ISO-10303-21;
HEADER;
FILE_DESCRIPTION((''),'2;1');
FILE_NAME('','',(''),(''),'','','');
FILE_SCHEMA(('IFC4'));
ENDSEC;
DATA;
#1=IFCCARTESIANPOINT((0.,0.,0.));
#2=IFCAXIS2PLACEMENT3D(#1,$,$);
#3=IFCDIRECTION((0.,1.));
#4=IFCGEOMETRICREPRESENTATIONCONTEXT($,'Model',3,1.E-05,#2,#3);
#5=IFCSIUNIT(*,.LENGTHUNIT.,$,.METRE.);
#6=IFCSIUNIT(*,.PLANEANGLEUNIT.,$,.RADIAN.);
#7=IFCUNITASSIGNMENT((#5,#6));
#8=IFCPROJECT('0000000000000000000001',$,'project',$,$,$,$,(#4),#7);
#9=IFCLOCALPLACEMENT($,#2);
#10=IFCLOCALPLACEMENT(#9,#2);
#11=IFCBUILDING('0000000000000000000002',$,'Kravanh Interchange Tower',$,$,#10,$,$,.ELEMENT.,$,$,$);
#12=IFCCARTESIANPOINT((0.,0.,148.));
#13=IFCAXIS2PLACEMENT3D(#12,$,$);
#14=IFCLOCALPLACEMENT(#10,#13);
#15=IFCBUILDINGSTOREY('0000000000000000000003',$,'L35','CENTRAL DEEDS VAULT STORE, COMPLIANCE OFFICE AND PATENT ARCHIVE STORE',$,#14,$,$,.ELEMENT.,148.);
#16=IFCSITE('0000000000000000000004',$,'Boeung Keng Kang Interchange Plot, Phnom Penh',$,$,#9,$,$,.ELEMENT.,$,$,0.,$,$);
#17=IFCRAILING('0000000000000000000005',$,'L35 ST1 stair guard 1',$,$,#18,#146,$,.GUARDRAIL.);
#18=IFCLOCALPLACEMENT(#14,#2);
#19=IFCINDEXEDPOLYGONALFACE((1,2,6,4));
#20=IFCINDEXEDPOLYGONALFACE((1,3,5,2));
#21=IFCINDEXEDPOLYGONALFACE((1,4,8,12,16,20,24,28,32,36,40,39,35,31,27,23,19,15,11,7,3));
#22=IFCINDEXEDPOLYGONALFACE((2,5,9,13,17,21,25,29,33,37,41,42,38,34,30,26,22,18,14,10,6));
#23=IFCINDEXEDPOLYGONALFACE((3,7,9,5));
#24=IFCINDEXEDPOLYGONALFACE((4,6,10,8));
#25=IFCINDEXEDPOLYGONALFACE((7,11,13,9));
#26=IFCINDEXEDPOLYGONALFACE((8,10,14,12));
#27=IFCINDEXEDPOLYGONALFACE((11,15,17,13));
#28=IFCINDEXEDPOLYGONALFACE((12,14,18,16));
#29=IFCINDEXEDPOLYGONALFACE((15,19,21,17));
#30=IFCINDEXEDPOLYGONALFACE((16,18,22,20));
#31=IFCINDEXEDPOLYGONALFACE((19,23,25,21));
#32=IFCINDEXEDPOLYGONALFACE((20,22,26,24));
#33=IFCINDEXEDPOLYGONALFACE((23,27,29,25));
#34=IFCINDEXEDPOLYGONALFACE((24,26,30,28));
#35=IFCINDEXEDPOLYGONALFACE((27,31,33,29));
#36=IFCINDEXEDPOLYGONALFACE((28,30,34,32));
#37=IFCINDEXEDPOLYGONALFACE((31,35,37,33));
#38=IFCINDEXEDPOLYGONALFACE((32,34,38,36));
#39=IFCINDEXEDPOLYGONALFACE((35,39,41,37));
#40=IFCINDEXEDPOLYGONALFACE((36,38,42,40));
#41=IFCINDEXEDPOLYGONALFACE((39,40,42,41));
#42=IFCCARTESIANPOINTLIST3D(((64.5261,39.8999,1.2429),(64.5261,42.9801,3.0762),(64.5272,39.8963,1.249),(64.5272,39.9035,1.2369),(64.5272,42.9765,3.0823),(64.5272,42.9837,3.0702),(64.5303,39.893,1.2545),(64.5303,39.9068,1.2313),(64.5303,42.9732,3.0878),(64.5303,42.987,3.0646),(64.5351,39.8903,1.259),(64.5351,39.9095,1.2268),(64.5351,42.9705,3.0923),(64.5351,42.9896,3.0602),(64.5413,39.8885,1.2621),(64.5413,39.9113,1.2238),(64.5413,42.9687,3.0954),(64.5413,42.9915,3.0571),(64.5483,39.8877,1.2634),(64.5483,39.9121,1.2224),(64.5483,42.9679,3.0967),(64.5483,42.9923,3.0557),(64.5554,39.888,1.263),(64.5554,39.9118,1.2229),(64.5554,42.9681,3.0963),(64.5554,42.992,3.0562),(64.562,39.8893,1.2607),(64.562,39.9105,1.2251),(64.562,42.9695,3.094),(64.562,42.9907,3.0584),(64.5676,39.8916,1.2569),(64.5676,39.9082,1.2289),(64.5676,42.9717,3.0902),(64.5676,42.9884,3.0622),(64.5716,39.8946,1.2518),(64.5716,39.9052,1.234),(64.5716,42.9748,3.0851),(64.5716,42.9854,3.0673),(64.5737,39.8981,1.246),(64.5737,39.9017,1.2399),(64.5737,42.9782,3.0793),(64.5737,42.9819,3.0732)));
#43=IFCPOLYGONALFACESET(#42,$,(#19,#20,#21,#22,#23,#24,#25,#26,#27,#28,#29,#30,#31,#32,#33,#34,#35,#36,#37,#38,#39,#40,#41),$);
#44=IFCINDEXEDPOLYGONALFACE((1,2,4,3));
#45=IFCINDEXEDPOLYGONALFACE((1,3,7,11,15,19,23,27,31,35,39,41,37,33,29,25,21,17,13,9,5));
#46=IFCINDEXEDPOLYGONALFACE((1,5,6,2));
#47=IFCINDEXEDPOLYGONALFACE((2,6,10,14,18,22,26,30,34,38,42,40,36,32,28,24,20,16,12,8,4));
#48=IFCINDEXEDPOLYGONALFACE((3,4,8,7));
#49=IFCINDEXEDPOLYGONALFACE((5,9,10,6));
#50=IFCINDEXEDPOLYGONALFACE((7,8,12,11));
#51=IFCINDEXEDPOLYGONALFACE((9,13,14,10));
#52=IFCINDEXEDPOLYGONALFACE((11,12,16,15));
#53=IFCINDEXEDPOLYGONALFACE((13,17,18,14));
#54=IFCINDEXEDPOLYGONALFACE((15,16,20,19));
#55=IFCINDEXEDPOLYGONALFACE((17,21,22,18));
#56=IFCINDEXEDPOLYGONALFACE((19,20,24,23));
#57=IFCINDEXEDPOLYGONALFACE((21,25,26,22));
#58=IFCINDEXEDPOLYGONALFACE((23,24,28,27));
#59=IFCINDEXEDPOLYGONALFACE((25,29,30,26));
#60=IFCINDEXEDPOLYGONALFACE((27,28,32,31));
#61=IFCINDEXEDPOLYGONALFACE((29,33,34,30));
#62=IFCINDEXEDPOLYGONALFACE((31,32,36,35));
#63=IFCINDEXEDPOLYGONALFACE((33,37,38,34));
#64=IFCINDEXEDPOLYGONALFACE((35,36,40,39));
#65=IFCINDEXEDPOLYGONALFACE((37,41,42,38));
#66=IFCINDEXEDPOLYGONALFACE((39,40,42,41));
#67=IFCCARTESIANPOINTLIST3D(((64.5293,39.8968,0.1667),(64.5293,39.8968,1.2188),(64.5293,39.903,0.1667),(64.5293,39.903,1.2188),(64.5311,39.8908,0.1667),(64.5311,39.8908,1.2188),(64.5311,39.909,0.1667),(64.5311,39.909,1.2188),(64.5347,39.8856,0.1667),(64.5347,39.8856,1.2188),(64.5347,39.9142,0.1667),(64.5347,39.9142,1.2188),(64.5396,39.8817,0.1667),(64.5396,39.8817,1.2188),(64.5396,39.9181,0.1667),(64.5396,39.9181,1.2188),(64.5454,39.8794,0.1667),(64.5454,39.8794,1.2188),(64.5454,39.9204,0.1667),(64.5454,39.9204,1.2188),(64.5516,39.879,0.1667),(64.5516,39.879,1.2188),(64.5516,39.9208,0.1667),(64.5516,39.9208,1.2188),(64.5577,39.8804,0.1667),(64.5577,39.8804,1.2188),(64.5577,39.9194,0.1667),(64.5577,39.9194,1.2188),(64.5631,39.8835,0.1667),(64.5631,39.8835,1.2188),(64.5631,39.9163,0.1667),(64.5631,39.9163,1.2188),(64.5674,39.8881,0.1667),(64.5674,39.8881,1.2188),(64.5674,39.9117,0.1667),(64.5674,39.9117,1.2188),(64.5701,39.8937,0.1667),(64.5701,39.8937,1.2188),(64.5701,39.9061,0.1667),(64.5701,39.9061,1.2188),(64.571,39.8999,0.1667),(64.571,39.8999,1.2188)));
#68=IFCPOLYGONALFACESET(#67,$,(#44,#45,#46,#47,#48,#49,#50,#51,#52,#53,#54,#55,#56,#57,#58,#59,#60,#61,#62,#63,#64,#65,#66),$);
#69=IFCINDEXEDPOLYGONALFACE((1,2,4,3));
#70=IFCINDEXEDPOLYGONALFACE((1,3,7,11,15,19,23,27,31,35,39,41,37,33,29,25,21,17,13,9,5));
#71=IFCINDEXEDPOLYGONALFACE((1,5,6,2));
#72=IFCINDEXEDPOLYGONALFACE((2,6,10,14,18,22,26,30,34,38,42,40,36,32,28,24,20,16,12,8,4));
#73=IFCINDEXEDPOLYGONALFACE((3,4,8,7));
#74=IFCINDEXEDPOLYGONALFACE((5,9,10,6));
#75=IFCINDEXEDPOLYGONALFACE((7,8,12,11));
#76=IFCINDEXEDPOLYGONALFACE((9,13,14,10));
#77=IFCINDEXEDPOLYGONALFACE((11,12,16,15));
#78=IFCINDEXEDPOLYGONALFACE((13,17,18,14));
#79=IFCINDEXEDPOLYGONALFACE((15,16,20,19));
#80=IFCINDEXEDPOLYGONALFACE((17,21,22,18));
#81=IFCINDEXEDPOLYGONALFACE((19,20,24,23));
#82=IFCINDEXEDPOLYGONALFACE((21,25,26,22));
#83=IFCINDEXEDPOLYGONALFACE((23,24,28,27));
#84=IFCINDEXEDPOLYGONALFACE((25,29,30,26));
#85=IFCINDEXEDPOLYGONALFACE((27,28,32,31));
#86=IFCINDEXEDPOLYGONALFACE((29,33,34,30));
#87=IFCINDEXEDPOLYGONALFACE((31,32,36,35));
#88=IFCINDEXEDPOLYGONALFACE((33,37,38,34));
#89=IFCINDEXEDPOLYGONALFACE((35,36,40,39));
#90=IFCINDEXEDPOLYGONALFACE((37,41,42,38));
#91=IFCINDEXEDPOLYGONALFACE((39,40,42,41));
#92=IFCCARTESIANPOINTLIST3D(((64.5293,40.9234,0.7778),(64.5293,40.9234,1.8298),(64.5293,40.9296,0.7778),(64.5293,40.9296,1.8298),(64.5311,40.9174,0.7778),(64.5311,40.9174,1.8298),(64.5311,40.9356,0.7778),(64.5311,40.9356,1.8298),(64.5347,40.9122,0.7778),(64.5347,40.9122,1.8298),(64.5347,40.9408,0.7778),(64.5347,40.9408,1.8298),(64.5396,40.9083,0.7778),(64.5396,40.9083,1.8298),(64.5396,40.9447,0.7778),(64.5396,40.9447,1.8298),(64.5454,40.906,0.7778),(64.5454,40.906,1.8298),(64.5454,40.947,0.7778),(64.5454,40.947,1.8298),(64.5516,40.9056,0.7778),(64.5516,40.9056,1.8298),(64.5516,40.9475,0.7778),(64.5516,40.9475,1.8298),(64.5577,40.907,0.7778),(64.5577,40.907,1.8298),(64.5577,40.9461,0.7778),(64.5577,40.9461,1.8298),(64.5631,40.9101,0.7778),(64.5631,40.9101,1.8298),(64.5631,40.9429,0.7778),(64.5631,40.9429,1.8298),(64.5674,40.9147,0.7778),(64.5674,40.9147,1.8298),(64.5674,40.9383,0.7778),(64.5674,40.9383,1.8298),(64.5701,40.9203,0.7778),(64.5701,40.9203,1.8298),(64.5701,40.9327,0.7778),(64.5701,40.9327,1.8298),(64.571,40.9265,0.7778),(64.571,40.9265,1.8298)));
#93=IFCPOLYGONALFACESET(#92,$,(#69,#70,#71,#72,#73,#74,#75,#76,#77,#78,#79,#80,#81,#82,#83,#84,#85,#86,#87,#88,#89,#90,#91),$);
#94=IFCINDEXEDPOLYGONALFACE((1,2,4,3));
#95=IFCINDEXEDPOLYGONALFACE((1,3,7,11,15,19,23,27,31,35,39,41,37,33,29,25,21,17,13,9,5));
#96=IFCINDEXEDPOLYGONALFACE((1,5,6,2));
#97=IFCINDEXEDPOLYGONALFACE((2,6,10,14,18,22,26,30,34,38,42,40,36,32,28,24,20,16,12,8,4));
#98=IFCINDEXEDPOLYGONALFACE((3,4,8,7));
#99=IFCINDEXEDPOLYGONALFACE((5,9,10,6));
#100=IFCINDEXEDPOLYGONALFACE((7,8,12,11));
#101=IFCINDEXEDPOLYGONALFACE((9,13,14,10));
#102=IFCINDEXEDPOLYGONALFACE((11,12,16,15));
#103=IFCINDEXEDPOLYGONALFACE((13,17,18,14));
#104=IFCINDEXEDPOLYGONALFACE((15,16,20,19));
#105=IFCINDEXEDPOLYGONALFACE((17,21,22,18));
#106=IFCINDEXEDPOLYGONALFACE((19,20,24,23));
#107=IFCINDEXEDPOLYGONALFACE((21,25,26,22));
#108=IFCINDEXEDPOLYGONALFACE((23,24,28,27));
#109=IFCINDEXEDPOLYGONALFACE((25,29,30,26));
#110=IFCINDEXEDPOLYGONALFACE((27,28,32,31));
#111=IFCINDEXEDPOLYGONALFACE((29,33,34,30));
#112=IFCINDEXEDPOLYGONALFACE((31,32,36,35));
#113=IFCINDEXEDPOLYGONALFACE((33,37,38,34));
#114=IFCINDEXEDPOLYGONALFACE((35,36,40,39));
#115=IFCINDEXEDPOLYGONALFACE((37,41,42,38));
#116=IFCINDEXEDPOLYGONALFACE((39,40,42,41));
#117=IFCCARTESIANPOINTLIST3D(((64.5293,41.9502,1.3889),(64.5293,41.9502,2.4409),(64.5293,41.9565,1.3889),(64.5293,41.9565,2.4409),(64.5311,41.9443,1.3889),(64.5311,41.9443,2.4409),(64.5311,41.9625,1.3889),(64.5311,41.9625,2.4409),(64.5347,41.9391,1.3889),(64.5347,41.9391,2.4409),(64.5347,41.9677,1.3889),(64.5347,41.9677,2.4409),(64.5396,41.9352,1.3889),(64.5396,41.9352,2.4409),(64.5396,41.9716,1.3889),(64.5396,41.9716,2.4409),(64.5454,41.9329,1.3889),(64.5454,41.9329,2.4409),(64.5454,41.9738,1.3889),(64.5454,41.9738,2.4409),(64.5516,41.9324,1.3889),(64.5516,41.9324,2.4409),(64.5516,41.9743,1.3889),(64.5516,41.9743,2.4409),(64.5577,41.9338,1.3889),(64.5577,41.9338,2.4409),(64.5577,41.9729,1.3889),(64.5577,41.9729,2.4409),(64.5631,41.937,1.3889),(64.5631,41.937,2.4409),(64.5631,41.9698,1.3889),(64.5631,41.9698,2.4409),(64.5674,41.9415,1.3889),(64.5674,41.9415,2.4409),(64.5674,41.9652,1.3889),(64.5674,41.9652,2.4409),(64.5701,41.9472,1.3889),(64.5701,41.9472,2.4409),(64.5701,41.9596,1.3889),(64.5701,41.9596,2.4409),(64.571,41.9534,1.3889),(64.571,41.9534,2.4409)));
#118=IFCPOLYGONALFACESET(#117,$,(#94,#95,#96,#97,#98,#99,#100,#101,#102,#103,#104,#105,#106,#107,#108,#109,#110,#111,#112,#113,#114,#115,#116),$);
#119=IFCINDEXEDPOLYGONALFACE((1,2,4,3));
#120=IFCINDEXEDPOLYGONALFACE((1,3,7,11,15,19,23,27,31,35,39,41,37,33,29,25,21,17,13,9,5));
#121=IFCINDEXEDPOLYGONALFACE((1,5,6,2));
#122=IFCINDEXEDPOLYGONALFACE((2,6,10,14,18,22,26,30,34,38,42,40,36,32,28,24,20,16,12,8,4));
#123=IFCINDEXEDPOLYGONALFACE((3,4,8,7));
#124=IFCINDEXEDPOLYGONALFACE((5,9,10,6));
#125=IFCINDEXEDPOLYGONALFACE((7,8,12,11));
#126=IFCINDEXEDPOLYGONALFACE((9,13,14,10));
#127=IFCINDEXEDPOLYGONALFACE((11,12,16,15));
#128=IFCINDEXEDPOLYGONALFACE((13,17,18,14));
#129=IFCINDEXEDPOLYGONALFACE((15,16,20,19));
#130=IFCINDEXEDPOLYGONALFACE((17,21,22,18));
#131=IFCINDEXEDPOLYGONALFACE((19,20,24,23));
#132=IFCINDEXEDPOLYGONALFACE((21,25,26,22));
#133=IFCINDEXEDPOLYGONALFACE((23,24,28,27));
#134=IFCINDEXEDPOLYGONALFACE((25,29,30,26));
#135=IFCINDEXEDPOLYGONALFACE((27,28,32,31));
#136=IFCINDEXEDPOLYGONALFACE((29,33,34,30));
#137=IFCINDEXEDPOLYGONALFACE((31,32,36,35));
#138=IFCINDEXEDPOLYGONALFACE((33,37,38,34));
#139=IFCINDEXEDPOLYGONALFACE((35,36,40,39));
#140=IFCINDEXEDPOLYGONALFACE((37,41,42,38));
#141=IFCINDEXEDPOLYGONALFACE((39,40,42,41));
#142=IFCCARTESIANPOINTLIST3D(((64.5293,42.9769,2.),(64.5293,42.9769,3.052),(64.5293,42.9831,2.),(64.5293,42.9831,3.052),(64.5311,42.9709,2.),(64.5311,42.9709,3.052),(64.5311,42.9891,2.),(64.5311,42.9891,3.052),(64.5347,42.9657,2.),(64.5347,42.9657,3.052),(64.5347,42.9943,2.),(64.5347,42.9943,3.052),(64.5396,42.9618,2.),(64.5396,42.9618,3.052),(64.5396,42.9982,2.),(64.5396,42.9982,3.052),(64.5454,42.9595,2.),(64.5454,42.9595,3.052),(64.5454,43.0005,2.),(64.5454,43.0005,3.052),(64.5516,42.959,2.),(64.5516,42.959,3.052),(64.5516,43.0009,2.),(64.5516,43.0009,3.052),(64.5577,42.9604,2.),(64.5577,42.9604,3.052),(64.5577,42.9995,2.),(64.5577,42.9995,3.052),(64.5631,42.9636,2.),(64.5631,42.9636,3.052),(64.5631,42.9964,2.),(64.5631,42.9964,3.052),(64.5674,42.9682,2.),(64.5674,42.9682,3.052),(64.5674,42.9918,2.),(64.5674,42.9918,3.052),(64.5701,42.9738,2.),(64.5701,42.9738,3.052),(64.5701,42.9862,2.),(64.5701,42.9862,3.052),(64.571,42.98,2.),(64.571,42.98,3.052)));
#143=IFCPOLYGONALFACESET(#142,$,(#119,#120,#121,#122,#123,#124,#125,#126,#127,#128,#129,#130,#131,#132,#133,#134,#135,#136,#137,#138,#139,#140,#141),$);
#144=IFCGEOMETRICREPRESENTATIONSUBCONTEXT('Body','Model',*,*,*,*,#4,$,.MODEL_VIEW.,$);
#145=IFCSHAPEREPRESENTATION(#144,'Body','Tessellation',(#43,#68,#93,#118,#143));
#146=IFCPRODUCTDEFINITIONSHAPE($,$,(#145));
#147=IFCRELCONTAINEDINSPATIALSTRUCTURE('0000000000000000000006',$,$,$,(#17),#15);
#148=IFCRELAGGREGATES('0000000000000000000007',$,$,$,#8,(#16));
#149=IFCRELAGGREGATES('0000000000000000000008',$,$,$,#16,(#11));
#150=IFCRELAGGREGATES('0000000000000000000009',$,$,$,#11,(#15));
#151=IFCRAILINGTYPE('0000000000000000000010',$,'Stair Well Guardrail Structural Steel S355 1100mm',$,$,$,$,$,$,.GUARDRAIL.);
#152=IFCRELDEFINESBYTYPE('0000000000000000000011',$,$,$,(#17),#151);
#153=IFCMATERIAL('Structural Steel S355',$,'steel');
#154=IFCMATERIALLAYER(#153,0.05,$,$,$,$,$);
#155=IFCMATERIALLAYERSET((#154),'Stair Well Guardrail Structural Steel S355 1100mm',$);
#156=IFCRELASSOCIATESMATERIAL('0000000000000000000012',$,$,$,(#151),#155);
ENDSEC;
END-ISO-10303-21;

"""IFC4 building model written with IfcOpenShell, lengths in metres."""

from ifc_helpers import new_model, si_unit, direction, frame, origin, origin_2d, place, context, subcontext, project, spatial, circle, extrude, material, layer, layer_set, type_object, element, save


model = new_model("IFC4")

# Units and contexts
model_context = context("Model", 3, precision=1e-05, world=origin(), true_north=direction((0.0, 1.0)))
body_context = subcontext(model_context, "Body", "Model", "MODEL_VIEW")
ifc_project = project(units=[si_unit("LENGTHUNIT", "METRE"), si_unit("PLANEANGLEUNIT", "RADIAN")], contexts=[model_context])

# Site, building, storey
site_placement = place(None, origin())
site = spatial("IfcSite", under=ifc_project, at=site_placement, Name="Boeung Keng Kang Interchange Plot, Phnom Penh", CompositionType="ELEMENT", RefElevation=0.0)
building_placement = place(site_placement, origin())
building = spatial("IfcBuilding", under=site, at=building_placement, Name="Kravanh Interchange Tower", CompositionType="ELEMENT")
storey_placement = place(building_placement, frame((0.0, 0.0, 148.0)))
storey = spatial("IfcBuildingStorey", under=building, at=storey_placement, Name="L35", Description="CENTRAL DEEDS VAULT STORE, COMPLIANCE OFFICE AND PATENT ARCHIVE STORE", CompositionType="ELEMENT", Elevation=148.0)

# Railing
ifc_material_1 = material(Name="Structural Steel S355", Category="steel")
ifc_layer_1 = layer(ifc_material_1, 0.05)
ifc_layer_set_1 = layer_set([ifc_layer_1], Name="Stair Well Guardrail Structural Steel S355 1100mm")
railing_type_1 = type_object("IfcRailingType", Name="Stair Well Guardrail Structural Steel S355 1100mm", PredefinedType="GUARDRAIL", material=ifc_layer_set_1)
railing_1_placement = place(storey_placement, frame((64.55, 39.8999, 0.1667)))
element("IfcRailing", 1, at=railing_1_placement, inside=storey, type_object=railing_type_1, Name="L35 ST1 stair guard 1", PredefinedType="GUARDRAIL", context=body_context, shape_type="SweptSolid", body=[
    extrude(circle(Radius=0.0239, at=origin_2d()), frame((0.0, 0.0, 1.0762), z_axis=(0.0, 0.859309, 0.511458), x_axis=(-1.0, 0.0, 0.0)), (0.0, 0.0, 1.0), 3.5845),
    extrude(circle(Radius=0.021, at=origin_2d()), origin(), (0.0, 0.0, 1.0), 1.052),
    extrude(circle(Radius=0.021, at=origin_2d()), frame((0.0, 1.0266, 0.6111)), (0.0, 0.0, 1.0), 1.052),
    extrude(circle(Radius=0.021, at=origin_2d()), frame((0.0, 2.0535, 1.2222)), (0.0, 0.0, 1.0), 1.052),
    extrude(circle(Radius=0.021, at=origin_2d()), frame((0.0, 3.0801, 1.8333)), (0.0, 0.0, 1.0), 1.052),
])

save(model, "model.ifc")
